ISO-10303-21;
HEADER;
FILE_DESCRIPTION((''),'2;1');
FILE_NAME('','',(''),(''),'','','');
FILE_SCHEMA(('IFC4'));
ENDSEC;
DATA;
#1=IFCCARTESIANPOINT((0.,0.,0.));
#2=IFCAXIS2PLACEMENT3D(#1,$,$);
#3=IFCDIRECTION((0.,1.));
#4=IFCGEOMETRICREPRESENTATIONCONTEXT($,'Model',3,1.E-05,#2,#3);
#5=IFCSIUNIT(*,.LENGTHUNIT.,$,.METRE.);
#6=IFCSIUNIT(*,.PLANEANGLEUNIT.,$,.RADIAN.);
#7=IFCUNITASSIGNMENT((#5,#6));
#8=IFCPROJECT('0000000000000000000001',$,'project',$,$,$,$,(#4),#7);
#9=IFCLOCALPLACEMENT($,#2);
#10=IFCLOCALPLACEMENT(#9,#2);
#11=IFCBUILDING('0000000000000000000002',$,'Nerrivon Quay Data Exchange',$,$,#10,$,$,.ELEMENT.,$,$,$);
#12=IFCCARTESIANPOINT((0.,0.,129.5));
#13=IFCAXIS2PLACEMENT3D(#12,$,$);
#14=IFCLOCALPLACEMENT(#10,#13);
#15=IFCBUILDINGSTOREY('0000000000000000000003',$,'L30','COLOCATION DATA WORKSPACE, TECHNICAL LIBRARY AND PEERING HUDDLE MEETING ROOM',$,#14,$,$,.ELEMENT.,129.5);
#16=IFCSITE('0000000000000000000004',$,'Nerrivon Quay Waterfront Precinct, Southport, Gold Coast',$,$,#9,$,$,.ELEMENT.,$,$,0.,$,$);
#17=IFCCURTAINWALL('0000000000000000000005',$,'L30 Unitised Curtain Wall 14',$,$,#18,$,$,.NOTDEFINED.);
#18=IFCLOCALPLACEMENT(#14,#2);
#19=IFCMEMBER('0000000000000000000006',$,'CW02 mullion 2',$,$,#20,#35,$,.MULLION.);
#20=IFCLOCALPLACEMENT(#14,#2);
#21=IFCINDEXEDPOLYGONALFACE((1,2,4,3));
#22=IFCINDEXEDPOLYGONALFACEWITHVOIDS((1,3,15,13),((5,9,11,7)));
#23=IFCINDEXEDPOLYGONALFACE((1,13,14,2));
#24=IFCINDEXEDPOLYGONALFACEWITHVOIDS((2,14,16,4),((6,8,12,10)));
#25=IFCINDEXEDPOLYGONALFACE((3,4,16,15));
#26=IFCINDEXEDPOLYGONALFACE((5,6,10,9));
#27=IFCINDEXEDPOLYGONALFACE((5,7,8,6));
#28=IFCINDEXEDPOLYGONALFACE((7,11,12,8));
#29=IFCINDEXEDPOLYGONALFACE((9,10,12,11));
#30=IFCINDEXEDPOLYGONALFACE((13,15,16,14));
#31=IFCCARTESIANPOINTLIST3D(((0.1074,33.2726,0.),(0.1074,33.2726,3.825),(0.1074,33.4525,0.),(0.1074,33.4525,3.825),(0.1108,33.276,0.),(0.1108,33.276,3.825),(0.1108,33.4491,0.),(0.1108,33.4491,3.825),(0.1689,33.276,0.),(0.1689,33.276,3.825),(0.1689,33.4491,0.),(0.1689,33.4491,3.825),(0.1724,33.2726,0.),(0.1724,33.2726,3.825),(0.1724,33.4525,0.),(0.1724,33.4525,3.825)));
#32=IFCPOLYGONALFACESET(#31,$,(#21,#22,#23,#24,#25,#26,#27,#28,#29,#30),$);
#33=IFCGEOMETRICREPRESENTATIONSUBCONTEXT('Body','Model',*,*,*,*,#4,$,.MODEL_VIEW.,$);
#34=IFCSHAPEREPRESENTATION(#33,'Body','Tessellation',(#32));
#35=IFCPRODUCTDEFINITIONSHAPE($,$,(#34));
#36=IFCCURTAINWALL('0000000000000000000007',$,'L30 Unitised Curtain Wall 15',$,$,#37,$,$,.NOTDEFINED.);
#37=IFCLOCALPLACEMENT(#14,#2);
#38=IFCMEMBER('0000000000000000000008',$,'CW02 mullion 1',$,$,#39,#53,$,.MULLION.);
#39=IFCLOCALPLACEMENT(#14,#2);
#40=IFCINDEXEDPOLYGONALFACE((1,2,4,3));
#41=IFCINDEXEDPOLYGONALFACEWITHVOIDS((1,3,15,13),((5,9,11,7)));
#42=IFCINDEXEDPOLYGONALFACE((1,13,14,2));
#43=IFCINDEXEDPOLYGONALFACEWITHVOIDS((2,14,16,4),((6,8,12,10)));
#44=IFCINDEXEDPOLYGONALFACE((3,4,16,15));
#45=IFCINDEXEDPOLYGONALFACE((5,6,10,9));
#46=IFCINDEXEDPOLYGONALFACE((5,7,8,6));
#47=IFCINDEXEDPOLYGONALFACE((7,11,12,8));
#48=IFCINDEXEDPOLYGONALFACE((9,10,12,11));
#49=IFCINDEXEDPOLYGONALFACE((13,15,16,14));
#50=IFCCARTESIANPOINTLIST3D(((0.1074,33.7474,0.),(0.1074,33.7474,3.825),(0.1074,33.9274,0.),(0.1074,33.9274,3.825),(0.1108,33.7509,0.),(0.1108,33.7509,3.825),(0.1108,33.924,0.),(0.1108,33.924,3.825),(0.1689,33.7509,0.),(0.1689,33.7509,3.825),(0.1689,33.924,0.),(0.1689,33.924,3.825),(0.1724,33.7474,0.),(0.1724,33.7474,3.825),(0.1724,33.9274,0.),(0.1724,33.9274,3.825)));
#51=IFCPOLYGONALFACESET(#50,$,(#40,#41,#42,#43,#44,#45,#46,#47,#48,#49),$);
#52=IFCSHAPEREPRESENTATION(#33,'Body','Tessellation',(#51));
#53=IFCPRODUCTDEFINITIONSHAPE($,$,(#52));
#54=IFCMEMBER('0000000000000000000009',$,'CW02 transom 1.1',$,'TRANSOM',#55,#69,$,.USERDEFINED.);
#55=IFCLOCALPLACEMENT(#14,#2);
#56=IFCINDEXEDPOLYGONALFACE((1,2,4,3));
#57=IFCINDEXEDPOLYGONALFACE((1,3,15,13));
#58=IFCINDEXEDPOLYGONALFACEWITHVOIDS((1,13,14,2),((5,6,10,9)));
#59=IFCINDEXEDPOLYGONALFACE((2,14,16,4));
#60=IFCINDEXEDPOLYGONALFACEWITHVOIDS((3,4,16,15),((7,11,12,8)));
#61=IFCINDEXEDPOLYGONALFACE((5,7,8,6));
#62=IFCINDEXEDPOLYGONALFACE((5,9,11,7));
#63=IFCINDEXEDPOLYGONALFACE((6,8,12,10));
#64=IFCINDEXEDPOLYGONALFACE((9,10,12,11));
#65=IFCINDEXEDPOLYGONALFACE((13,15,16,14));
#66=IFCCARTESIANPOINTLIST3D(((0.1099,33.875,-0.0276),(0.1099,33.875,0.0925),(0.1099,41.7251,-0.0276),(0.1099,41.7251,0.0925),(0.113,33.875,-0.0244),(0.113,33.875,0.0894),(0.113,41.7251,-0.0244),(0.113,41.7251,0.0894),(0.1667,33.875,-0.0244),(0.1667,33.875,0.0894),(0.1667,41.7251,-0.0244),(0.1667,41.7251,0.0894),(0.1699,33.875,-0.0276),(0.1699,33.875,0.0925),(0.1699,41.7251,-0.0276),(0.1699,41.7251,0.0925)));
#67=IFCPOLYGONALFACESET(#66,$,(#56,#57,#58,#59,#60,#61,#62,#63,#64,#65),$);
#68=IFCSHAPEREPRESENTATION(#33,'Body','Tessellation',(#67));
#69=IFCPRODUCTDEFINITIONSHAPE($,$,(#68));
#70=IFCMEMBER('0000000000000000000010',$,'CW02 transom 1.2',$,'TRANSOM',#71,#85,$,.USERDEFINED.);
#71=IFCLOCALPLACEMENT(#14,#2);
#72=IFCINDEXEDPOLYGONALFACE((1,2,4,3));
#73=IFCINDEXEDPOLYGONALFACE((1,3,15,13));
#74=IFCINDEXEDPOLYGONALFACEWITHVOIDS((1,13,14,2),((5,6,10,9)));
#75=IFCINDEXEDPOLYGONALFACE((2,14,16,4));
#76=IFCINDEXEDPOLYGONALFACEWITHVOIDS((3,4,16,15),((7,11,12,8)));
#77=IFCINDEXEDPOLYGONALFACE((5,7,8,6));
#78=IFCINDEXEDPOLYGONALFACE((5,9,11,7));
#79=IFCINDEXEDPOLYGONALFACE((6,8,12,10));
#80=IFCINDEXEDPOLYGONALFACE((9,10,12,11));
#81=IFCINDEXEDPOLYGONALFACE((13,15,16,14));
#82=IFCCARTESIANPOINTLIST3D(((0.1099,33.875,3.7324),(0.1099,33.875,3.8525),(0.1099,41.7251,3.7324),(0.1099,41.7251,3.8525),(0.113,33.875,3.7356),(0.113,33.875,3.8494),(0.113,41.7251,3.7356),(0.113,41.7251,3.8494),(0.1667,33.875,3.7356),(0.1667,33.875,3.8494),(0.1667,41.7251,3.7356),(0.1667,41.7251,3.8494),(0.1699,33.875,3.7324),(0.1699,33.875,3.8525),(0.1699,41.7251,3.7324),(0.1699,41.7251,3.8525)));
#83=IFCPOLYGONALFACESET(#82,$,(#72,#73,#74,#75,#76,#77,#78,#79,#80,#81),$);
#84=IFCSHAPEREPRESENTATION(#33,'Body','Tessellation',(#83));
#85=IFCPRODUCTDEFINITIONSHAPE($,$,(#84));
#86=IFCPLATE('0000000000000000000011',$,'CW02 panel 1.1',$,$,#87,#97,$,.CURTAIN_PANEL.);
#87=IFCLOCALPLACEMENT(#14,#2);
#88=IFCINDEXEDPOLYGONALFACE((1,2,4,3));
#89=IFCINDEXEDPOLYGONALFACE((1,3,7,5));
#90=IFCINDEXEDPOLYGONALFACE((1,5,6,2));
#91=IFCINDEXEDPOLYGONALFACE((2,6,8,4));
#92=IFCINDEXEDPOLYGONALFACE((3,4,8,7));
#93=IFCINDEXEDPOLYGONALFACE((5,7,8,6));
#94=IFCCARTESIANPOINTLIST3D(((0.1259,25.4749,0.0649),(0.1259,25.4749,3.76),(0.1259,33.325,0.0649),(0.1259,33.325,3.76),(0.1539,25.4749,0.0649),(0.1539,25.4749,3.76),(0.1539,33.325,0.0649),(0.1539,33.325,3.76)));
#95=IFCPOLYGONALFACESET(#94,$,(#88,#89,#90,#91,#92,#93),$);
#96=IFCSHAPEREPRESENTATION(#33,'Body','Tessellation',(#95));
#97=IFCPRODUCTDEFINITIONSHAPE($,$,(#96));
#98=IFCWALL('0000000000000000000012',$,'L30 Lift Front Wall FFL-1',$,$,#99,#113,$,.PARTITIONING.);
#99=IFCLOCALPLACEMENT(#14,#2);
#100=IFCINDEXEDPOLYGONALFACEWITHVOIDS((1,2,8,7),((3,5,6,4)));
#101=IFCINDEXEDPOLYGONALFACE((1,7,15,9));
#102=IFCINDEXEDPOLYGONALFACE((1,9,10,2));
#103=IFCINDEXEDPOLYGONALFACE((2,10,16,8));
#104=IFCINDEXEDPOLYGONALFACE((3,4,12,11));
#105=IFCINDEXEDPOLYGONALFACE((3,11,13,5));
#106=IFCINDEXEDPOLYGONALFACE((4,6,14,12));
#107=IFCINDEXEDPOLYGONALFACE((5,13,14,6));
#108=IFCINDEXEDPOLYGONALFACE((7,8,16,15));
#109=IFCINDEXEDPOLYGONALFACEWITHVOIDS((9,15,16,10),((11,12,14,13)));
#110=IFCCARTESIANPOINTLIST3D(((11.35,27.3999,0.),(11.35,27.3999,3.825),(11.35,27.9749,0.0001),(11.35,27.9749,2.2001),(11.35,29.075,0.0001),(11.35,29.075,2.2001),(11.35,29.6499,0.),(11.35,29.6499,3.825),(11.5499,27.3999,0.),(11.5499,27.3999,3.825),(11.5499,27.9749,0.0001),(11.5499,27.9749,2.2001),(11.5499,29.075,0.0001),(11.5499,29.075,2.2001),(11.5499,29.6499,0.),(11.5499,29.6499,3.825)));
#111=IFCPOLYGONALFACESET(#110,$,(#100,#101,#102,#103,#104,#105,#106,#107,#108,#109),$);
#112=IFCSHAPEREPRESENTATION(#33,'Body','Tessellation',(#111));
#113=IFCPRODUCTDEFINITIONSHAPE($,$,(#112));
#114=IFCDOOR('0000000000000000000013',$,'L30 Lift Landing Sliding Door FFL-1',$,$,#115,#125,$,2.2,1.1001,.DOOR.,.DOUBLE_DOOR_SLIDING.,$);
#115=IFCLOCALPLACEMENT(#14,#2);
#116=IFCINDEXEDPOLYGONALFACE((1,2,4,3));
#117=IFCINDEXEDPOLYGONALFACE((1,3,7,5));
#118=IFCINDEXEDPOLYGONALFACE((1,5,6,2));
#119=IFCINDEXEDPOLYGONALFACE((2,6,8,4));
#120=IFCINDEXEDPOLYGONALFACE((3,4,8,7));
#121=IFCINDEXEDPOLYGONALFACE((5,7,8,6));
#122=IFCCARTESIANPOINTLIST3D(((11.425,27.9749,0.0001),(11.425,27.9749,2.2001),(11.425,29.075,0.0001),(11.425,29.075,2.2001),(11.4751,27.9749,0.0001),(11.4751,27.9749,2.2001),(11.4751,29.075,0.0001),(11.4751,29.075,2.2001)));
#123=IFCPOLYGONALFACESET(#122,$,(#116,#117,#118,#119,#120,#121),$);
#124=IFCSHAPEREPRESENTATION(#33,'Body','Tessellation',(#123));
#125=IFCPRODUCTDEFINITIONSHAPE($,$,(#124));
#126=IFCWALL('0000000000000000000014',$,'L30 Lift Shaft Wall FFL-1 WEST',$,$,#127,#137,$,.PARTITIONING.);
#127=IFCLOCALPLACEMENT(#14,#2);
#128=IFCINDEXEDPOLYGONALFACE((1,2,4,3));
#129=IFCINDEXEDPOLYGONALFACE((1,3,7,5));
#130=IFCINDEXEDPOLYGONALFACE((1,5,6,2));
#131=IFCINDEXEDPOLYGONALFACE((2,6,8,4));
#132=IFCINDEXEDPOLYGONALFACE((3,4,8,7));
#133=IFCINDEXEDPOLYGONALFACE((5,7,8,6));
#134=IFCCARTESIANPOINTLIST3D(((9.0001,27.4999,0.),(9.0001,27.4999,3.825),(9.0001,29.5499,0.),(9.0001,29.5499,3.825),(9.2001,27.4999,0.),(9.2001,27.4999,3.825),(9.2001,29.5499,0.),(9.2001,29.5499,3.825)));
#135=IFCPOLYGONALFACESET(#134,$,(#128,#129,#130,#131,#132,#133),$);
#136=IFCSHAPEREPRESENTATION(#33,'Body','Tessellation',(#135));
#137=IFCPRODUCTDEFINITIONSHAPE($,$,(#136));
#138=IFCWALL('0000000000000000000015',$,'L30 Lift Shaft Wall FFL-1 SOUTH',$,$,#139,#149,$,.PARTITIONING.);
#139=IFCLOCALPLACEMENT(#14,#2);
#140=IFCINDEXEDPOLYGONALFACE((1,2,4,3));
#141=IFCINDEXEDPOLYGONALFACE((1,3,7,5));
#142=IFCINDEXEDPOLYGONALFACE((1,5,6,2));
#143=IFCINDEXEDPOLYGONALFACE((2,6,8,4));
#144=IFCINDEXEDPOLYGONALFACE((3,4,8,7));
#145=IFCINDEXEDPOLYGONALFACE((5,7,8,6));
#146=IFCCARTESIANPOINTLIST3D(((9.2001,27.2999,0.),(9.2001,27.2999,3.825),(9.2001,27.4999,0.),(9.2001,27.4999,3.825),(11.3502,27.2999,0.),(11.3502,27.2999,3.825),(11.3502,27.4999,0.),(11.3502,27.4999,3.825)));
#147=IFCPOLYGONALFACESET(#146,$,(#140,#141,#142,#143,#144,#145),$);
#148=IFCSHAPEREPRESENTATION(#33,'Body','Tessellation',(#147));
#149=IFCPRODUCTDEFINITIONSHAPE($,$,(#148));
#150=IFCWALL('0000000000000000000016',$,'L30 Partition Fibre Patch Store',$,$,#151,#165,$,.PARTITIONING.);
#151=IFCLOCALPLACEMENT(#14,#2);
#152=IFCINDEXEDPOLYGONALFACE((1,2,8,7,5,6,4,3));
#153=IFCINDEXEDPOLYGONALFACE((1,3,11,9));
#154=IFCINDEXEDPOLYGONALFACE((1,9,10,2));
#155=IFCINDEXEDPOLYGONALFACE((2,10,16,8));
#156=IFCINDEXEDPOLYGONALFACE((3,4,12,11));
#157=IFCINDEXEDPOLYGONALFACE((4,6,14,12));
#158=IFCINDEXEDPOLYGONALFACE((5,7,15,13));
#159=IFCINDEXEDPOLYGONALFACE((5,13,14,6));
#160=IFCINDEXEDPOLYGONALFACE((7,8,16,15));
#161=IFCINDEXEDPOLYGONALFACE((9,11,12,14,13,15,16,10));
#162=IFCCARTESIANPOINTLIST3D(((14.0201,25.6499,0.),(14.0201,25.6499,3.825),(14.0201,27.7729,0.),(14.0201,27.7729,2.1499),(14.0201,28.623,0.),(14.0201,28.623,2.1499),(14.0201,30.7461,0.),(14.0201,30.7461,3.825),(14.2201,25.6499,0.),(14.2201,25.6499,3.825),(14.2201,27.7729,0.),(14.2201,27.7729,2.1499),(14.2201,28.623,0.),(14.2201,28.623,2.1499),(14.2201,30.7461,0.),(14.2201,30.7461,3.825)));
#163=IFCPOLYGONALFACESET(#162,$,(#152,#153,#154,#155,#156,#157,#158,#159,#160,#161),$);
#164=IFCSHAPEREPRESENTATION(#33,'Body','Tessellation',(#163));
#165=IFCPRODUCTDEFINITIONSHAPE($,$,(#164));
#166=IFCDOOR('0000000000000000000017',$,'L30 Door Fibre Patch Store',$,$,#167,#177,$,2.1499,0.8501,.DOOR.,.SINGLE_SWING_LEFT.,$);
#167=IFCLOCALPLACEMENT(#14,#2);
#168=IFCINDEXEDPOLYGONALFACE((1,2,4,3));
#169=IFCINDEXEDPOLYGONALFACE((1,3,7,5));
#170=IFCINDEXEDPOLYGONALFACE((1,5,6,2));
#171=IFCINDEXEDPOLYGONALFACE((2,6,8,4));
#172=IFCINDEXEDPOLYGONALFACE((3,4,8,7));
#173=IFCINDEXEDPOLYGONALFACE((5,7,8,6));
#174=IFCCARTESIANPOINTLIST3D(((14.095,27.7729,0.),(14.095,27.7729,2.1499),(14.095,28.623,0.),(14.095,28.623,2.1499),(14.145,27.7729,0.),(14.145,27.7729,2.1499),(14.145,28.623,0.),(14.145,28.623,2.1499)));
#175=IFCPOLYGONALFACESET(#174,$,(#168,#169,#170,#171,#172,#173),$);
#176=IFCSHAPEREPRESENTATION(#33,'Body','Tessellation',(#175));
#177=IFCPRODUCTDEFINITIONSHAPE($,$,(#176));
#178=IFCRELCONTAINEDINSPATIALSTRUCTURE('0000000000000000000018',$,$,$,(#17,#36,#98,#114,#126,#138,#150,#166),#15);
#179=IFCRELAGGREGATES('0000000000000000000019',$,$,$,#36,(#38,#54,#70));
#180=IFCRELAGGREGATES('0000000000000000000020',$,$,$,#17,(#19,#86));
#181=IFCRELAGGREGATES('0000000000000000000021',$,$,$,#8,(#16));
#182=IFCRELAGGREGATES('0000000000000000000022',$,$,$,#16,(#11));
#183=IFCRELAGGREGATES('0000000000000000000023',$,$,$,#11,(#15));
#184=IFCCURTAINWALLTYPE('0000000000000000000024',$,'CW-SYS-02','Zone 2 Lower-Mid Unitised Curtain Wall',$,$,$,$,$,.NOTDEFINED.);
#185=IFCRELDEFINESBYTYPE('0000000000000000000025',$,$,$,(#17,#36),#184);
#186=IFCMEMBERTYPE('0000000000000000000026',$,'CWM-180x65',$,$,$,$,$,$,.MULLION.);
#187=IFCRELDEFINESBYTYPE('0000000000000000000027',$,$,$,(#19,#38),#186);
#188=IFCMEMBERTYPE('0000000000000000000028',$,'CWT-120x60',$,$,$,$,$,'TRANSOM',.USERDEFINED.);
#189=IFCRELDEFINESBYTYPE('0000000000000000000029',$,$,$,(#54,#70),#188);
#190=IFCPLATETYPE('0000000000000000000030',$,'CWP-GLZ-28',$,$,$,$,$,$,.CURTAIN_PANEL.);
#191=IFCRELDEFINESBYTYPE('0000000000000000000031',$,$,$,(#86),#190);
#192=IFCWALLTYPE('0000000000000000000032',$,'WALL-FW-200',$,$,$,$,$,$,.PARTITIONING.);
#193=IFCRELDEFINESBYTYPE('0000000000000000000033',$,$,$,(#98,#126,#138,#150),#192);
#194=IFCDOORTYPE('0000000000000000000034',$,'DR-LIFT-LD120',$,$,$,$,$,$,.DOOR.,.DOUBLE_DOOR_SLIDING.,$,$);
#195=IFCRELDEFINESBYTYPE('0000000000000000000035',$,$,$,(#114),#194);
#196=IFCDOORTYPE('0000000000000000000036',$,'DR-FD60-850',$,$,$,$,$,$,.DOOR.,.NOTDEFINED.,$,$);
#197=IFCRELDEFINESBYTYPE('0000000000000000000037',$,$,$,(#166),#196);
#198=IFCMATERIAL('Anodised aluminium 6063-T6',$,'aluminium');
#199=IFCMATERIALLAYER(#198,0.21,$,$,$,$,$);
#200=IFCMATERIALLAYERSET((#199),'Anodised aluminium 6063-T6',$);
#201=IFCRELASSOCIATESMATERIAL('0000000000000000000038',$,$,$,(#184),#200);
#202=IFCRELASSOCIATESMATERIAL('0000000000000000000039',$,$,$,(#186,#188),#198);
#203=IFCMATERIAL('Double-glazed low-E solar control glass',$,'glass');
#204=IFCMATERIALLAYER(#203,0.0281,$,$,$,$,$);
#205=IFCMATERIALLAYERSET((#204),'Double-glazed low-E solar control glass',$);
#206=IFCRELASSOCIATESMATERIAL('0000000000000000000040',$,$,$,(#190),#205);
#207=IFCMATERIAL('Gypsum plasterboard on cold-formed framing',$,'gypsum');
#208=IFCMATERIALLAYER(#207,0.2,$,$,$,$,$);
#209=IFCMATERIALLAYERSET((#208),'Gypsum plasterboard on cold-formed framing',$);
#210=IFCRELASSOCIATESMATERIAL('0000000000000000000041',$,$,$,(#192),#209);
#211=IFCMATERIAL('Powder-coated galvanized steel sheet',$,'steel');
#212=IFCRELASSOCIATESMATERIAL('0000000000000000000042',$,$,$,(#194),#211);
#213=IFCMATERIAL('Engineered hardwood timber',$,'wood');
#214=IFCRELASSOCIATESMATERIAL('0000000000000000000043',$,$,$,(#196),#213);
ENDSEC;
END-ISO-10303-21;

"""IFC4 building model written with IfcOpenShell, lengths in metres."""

from ifc_helpers import new_model, si_unit, direction, frame, frame_2d, origin, origin_2d, place, context, subcontext, project, spatial, rectangle, hollow_rectangle, extrude, material, layer, layer_set, material_profile, profile_set, type_object, element, fill, aggregate, save


model = new_model("IFC4")

# Units and contexts
model_context = context("Model", 3, precision=1e-05, world=origin(), true_north=direction((0.0, 1.0)))
body_context = subcontext(model_context, "Body", "Model", "MODEL_VIEW")
ifc_project = project(units=[si_unit("LENGTHUNIT", "METRE"), si_unit("PLANEANGLEUNIT", "RADIAN")], contexts=[model_context])

# Site, building, storey
site_placement = place(None, origin())
site = spatial("IfcSite", under=ifc_project, at=site_placement, Name="Nerrivon Quay Waterfront Precinct, Southport, Gold Coast", CompositionType="ELEMENT", RefElevation=0.0)
building_placement = place(site_placement, origin())
building = spatial("IfcBuilding", under=site, at=building_placement, Name="Nerrivon Quay Data Exchange", CompositionType="ELEMENT")
storey_placement = place(building_placement, frame((0.0, 0.0, 129.5)))
storey = spatial("IfcBuildingStorey", under=building, at=storey_placement, Name="L30", Description="COLOCATION DATA WORKSPACE, TECHNICAL LIBRARY AND PEERING HUDDLE MEETING ROOM", CompositionType="ELEMENT", Elevation=129.5)

# Curtain wall, member
ifc_material_1 = material(Name="Anodised aluminium 6063-T6", Category="aluminium")
ifc_layer_1 = layer(ifc_material_1, 0.21)
ifc_layer_set_1 = layer_set([ifc_layer_1], Name="Anodised aluminium 6063-T6")
curtain_wall_type = type_object("IfcCurtainWallType", Name="CW-SYS-02", Description="Zone 2 Lower-Mid Unitised Curtain Wall", PredefinedType="NOTDEFINED", material=ifc_layer_set_1)
curtain_wall_1_placement = place(storey_placement, origin())
curtain_wall_1 = element("IfcCurtainWall", 1, at=curtain_wall_1_placement, inside=storey, type_object=curtain_wall_type, Name="L30 Unitised Curtain Wall 14", PredefinedType="NOTDEFINED")
ifc_material_profile_1 = material_profile(ifc_material_1, hollow_rectangle(XDim=0.0649, YDim=0.1799, WallThickness=0.0034, at=origin_2d()), Name="ALU-MULL-180x65")
ifc_profile_set_1 = profile_set([ifc_material_profile_1], Name="Anodised aluminium 6063-T6")
member_type_1 = type_object("IfcMemberType", Name="CWM-180x65", PredefinedType="MULLION", material=ifc_profile_set_1)
member_1_placement = place(storey_placement, frame((0.1399, 33.3625, 0.0), z_axis=(0.0, 0.0, 1.0), x_axis=(-1.0, 0.0, 0.0)))
member_1 = element("IfcMember", 2, at=member_1_placement, type_object=member_type_1, Name="CW02 mullion 2", PredefinedType="MULLION", context=body_context, shape_type="SweptSolid", body=[
    extrude(hollow_rectangle(XDim=0.0649, YDim=0.1799, WallThickness=0.0034, at=origin_2d()), origin(), (0.0, 0.0, 1.0), 3.825),
])

# Curtain wall, members
curtain_wall_2_placement = place(storey_placement, origin())
curtain_wall_2 = element("IfcCurtainWall", 3, at=curtain_wall_2_placement, inside=storey, type_object=curtain_wall_type, Name="L30 Unitised Curtain Wall 15", PredefinedType="NOTDEFINED")
member_2_placement = place(storey_placement, frame((0.1399, 33.8374, 0.0), z_axis=(0.0, 0.0, 1.0), x_axis=(-1.0, 0.0, 0.0)))
member_2 = element("IfcMember", 4, at=member_2_placement, type_object=member_type_1, Name="CW02 mullion 1", PredefinedType="MULLION", context=body_context, shape_type="SweptSolid", body=[
    extrude(hollow_rectangle(XDim=0.0649, YDim=0.1799, WallThickness=0.0034, at=origin_2d()), origin(), (0.0, 0.0, 1.0), 3.825),
])
ifc_material_profile_2 = material_profile(ifc_material_1, hollow_rectangle(XDim=0.0601, YDim=0.1201, WallThickness=0.0032, at=origin_2d()), Name="ALU-TRAN-120x60")
ifc_profile_set_2 = profile_set([ifc_material_profile_2], Name="Anodised aluminium 6063-T6")
member_type_2 = type_object("IfcMemberType", Name="CWT-120x60", ElementType="TRANSOM", PredefinedType="USERDEFINED", material=ifc_profile_set_2)
member_3_placement = place(storey_placement, frame((0.1399, 33.875, 0.0325), z_axis=(0.0, 1.0, 0.0), x_axis=(-1.0, 0.0, 0.0)))
member_3 = element("IfcMember", 5, at=member_3_placement, type_object=member_type_2, Name="CW02 transom 1.1", ObjectType="TRANSOM", PredefinedType="USERDEFINED", context=body_context, shape_type="SweptSolid", body=[
    extrude(hollow_rectangle(XDim=0.0601, YDim=0.1201, WallThickness=0.0032, at=origin_2d()), origin(), (0.0, 0.0, 1.0), 7.8501),
])
member_4_placement = place(storey_placement, frame((0.1399, 33.875, 3.7925), z_axis=(0.0, 1.0, 0.0), x_axis=(-1.0, 0.0, 0.0)))
member_4 = element("IfcMember", 6, at=member_4_placement, type_object=member_type_2, Name="CW02 transom 1.2", ObjectType="TRANSOM", PredefinedType="USERDEFINED", context=body_context, shape_type="SweptSolid", body=[
    extrude(hollow_rectangle(XDim=0.0601, YDim=0.1201, WallThickness=0.0032, at=origin_2d()), origin(), (0.0, 0.0, 1.0), 7.8501),
])
aggregate(curtain_wall_2, [member_2, member_3, member_4])

# Plate
ifc_material_2 = material(Name="Double-glazed low-E solar control glass", Category="glass")
ifc_layer_2 = layer(ifc_material_2, 0.0281)
ifc_layer_set_2 = layer_set([ifc_layer_2], Name="Double-glazed low-E solar control glass")
plate_type = type_object("IfcPlateType", Name="CWP-GLZ-28", PredefinedType="CURTAIN_PANEL", material=ifc_layer_set_2)
plate_placement = place(storey_placement, frame((0.1399, 29.3999, 0.0649), z_axis=(0.0, 0.0, 1.0), x_axis=(0.0, 1.0, 0.0)))
plate = element("IfcPlate", 7, at=plate_placement, type_object=plate_type, Name="CW02 panel 1.1", PredefinedType="CURTAIN_PANEL", context=body_context, shape_type="SweptSolid", body=[
    extrude(rectangle(XDim=7.8501, YDim=0.0281, at=origin_2d()), origin(), (0.0, 0.0, 1.0), 3.6951),
])
aggregate(curtain_wall_1, [member_1, plate])

# Wall, opening, door
ifc_material_3 = material(Name="Gypsum plasterboard on cold-formed framing", Category="gypsum")
ifc_layer_3 = layer(ifc_material_3, 0.2)
ifc_layer_set_3 = layer_set([ifc_layer_3], Name="Gypsum plasterboard on cold-formed framing")
wall_type_1 = type_object("IfcWallType", Name="WALL-FW-200", PredefinedType="PARTITIONING", material=ifc_layer_set_3)
wall_1_placement = place(storey_placement, frame((11.45, 27.3999, 0.0), z_axis=(0.0, 0.0, 1.0), x_axis=(0.0, 1.0, 0.0)))
wall_1 = element("IfcWall", 8, at=wall_1_placement, inside=storey, type_object=wall_type_1, Name="L30 Lift Front Wall FFL-1", PredefinedType="PARTITIONING", context=body_context, shape_type="SweptSolid", body=[
    extrude(rectangle(XDim=2.25, YDim=0.2, at=frame_2d((1.125, 0.0))), origin(), (0.0, 0.0, 1.0), 3.825),
])
opening_1_placement = place(wall_1_placement, frame((0.575, 0.0, 0.0)))
opening_1 = element("IfcOpeningElement", 9, at=opening_1_placement, cuts=wall_1, PredefinedType="OPENING", context=body_context, shape_type="SweptSolid", body=[
    extrude(rectangle(XDim=1.1001, YDim=2.2, at=frame_2d((0.55, 1.1001))), frame((0.0, 0.1099, 0.0), z_axis=(0.0, -1.0, 0.0), x_axis=(1.0, 0.0, 0.0)), (0.0, 0.0, 1.0), 0.22),
])
ifc_material_4 = material(Name="Powder-coated galvanized steel sheet", Category="steel")
door_type_1 = type_object("IfcDoorType", Name="DR-LIFT-LD120", OperationType="DOUBLE_DOOR_SLIDING", PredefinedType="DOOR", material=ifc_material_4)
door_1_placement = place(opening_1_placement, origin())
door_1 = element("IfcDoor", 10, at=door_1_placement, inside=storey, type_object=door_type_1, Name="L30 Lift Landing Sliding Door FFL-1", OperationType="DOUBLE_DOOR_SLIDING", OverallHeight=2.2, OverallWidth=1.1001, PredefinedType="DOOR", context=body_context, shape_type="SweptSolid", body=[
    extrude(rectangle(XDim=1.1001, YDim=2.2, at=frame_2d((0.55, 1.1001))), frame((0.0, 0.0249, 0.0), z_axis=(0.0, -1.0, 0.0), x_axis=(1.0, 0.0, 0.0)), (0.0, 0.0, 1.0), 0.05),
])
fill(opening_1, door_1)

# Walls
wall_2_placement = place(storey_placement, frame((9.1001, 27.5, 0.0), z_axis=(0.0, 0.0, 1.0), x_axis=(0.0, 1.0, 0.0)))
element("IfcWall", 11, at=wall_2_placement, inside=storey, type_object=wall_type_1, Name="L30 Lift Shaft Wall FFL-1 WEST", PredefinedType="PARTITIONING", context=body_context, shape_type="SweptSolid", body=[
    extrude(rectangle(XDim=2.05, YDim=0.2, at=frame_2d((1.0249, 0.0))), origin(), (0.0, 0.0, 1.0), 3.825),
])
wall_3_placement = place(storey_placement, frame((9.2, 27.3999, 0.0), z_axis=(0.0, 0.0, 1.0), x_axis=(1.0, 0.0, 0.0)))
element("IfcWall", 12, at=wall_3_placement, inside=storey, type_object=wall_type_1, Name="L30 Lift Shaft Wall FFL-1 SOUTH", PredefinedType="PARTITIONING", context=body_context, shape_type="SweptSolid", body=[
    extrude(rectangle(XDim=2.1501, YDim=0.2, at=frame_2d((1.0752, 0.0))), origin(), (0.0, 0.0, 1.0), 3.825),
])

# Wall, opening, door
wall_4_placement = place(storey_placement, frame((14.1201, 30.7461, 0.0), z_axis=(0.0, 0.0, 1.0), x_axis=(0.0, -1.0, 0.0)))
wall_4 = element("IfcWall", 13, at=wall_4_placement, inside=storey, type_object=wall_type_1, Name="L30 Partition Fibre Patch Store", PredefinedType="PARTITIONING", context=body_context, shape_type="SweptSolid", body=[
    extrude(rectangle(XDim=5.0962, YDim=0.2, at=frame_2d((2.5481, 0.0))), origin(), (0.0, 0.0, 1.0), 3.825),
])
opening_2_placement = place(wall_4_placement, frame((2.123, 0.0, 0.0)))
opening_2 = element("IfcOpeningElement", 14, at=opening_2_placement, cuts=wall_4, PredefinedType="OPENING", context=body_context, shape_type="SweptSolid", body=[
    extrude(rectangle(XDim=0.8501, YDim=2.1499, at=frame_2d((0.425, 1.075))), frame((0.0, 0.1099, 0.0), z_axis=(0.0, -1.0, 0.0), x_axis=(1.0, 0.0, 0.0)), (0.0, 0.0, 1.0), 0.22),
])
ifc_material_5 = material(Name="Engineered hardwood timber", Category="wood")
door_type_2 = type_object("IfcDoorType", Name="DR-FD60-850", OperationType="NOTDEFINED", PredefinedType="DOOR", material=ifc_material_5)
door_2_placement = place(opening_2_placement, origin())
door_2 = element("IfcDoor", 15, at=door_2_placement, inside=storey, type_object=door_type_2, Name="L30 Door Fibre Patch Store", OperationType="SINGLE_SWING_LEFT", OverallHeight=2.1499, OverallWidth=0.8501, PredefinedType="DOOR", context=body_context, shape_type="SweptSolid", body=[
    extrude(rectangle(XDim=0.8501, YDim=2.1499, at=frame_2d((0.425, 1.075))), frame((0.0, 0.0249, 0.0), z_axis=(0.0, -1.0, 0.0), x_axis=(1.0, 0.0, 0.0)), (0.0, 0.0, 1.0), 0.05),
])
fill(opening_2, door_2)

save(model, "model.ifc")
